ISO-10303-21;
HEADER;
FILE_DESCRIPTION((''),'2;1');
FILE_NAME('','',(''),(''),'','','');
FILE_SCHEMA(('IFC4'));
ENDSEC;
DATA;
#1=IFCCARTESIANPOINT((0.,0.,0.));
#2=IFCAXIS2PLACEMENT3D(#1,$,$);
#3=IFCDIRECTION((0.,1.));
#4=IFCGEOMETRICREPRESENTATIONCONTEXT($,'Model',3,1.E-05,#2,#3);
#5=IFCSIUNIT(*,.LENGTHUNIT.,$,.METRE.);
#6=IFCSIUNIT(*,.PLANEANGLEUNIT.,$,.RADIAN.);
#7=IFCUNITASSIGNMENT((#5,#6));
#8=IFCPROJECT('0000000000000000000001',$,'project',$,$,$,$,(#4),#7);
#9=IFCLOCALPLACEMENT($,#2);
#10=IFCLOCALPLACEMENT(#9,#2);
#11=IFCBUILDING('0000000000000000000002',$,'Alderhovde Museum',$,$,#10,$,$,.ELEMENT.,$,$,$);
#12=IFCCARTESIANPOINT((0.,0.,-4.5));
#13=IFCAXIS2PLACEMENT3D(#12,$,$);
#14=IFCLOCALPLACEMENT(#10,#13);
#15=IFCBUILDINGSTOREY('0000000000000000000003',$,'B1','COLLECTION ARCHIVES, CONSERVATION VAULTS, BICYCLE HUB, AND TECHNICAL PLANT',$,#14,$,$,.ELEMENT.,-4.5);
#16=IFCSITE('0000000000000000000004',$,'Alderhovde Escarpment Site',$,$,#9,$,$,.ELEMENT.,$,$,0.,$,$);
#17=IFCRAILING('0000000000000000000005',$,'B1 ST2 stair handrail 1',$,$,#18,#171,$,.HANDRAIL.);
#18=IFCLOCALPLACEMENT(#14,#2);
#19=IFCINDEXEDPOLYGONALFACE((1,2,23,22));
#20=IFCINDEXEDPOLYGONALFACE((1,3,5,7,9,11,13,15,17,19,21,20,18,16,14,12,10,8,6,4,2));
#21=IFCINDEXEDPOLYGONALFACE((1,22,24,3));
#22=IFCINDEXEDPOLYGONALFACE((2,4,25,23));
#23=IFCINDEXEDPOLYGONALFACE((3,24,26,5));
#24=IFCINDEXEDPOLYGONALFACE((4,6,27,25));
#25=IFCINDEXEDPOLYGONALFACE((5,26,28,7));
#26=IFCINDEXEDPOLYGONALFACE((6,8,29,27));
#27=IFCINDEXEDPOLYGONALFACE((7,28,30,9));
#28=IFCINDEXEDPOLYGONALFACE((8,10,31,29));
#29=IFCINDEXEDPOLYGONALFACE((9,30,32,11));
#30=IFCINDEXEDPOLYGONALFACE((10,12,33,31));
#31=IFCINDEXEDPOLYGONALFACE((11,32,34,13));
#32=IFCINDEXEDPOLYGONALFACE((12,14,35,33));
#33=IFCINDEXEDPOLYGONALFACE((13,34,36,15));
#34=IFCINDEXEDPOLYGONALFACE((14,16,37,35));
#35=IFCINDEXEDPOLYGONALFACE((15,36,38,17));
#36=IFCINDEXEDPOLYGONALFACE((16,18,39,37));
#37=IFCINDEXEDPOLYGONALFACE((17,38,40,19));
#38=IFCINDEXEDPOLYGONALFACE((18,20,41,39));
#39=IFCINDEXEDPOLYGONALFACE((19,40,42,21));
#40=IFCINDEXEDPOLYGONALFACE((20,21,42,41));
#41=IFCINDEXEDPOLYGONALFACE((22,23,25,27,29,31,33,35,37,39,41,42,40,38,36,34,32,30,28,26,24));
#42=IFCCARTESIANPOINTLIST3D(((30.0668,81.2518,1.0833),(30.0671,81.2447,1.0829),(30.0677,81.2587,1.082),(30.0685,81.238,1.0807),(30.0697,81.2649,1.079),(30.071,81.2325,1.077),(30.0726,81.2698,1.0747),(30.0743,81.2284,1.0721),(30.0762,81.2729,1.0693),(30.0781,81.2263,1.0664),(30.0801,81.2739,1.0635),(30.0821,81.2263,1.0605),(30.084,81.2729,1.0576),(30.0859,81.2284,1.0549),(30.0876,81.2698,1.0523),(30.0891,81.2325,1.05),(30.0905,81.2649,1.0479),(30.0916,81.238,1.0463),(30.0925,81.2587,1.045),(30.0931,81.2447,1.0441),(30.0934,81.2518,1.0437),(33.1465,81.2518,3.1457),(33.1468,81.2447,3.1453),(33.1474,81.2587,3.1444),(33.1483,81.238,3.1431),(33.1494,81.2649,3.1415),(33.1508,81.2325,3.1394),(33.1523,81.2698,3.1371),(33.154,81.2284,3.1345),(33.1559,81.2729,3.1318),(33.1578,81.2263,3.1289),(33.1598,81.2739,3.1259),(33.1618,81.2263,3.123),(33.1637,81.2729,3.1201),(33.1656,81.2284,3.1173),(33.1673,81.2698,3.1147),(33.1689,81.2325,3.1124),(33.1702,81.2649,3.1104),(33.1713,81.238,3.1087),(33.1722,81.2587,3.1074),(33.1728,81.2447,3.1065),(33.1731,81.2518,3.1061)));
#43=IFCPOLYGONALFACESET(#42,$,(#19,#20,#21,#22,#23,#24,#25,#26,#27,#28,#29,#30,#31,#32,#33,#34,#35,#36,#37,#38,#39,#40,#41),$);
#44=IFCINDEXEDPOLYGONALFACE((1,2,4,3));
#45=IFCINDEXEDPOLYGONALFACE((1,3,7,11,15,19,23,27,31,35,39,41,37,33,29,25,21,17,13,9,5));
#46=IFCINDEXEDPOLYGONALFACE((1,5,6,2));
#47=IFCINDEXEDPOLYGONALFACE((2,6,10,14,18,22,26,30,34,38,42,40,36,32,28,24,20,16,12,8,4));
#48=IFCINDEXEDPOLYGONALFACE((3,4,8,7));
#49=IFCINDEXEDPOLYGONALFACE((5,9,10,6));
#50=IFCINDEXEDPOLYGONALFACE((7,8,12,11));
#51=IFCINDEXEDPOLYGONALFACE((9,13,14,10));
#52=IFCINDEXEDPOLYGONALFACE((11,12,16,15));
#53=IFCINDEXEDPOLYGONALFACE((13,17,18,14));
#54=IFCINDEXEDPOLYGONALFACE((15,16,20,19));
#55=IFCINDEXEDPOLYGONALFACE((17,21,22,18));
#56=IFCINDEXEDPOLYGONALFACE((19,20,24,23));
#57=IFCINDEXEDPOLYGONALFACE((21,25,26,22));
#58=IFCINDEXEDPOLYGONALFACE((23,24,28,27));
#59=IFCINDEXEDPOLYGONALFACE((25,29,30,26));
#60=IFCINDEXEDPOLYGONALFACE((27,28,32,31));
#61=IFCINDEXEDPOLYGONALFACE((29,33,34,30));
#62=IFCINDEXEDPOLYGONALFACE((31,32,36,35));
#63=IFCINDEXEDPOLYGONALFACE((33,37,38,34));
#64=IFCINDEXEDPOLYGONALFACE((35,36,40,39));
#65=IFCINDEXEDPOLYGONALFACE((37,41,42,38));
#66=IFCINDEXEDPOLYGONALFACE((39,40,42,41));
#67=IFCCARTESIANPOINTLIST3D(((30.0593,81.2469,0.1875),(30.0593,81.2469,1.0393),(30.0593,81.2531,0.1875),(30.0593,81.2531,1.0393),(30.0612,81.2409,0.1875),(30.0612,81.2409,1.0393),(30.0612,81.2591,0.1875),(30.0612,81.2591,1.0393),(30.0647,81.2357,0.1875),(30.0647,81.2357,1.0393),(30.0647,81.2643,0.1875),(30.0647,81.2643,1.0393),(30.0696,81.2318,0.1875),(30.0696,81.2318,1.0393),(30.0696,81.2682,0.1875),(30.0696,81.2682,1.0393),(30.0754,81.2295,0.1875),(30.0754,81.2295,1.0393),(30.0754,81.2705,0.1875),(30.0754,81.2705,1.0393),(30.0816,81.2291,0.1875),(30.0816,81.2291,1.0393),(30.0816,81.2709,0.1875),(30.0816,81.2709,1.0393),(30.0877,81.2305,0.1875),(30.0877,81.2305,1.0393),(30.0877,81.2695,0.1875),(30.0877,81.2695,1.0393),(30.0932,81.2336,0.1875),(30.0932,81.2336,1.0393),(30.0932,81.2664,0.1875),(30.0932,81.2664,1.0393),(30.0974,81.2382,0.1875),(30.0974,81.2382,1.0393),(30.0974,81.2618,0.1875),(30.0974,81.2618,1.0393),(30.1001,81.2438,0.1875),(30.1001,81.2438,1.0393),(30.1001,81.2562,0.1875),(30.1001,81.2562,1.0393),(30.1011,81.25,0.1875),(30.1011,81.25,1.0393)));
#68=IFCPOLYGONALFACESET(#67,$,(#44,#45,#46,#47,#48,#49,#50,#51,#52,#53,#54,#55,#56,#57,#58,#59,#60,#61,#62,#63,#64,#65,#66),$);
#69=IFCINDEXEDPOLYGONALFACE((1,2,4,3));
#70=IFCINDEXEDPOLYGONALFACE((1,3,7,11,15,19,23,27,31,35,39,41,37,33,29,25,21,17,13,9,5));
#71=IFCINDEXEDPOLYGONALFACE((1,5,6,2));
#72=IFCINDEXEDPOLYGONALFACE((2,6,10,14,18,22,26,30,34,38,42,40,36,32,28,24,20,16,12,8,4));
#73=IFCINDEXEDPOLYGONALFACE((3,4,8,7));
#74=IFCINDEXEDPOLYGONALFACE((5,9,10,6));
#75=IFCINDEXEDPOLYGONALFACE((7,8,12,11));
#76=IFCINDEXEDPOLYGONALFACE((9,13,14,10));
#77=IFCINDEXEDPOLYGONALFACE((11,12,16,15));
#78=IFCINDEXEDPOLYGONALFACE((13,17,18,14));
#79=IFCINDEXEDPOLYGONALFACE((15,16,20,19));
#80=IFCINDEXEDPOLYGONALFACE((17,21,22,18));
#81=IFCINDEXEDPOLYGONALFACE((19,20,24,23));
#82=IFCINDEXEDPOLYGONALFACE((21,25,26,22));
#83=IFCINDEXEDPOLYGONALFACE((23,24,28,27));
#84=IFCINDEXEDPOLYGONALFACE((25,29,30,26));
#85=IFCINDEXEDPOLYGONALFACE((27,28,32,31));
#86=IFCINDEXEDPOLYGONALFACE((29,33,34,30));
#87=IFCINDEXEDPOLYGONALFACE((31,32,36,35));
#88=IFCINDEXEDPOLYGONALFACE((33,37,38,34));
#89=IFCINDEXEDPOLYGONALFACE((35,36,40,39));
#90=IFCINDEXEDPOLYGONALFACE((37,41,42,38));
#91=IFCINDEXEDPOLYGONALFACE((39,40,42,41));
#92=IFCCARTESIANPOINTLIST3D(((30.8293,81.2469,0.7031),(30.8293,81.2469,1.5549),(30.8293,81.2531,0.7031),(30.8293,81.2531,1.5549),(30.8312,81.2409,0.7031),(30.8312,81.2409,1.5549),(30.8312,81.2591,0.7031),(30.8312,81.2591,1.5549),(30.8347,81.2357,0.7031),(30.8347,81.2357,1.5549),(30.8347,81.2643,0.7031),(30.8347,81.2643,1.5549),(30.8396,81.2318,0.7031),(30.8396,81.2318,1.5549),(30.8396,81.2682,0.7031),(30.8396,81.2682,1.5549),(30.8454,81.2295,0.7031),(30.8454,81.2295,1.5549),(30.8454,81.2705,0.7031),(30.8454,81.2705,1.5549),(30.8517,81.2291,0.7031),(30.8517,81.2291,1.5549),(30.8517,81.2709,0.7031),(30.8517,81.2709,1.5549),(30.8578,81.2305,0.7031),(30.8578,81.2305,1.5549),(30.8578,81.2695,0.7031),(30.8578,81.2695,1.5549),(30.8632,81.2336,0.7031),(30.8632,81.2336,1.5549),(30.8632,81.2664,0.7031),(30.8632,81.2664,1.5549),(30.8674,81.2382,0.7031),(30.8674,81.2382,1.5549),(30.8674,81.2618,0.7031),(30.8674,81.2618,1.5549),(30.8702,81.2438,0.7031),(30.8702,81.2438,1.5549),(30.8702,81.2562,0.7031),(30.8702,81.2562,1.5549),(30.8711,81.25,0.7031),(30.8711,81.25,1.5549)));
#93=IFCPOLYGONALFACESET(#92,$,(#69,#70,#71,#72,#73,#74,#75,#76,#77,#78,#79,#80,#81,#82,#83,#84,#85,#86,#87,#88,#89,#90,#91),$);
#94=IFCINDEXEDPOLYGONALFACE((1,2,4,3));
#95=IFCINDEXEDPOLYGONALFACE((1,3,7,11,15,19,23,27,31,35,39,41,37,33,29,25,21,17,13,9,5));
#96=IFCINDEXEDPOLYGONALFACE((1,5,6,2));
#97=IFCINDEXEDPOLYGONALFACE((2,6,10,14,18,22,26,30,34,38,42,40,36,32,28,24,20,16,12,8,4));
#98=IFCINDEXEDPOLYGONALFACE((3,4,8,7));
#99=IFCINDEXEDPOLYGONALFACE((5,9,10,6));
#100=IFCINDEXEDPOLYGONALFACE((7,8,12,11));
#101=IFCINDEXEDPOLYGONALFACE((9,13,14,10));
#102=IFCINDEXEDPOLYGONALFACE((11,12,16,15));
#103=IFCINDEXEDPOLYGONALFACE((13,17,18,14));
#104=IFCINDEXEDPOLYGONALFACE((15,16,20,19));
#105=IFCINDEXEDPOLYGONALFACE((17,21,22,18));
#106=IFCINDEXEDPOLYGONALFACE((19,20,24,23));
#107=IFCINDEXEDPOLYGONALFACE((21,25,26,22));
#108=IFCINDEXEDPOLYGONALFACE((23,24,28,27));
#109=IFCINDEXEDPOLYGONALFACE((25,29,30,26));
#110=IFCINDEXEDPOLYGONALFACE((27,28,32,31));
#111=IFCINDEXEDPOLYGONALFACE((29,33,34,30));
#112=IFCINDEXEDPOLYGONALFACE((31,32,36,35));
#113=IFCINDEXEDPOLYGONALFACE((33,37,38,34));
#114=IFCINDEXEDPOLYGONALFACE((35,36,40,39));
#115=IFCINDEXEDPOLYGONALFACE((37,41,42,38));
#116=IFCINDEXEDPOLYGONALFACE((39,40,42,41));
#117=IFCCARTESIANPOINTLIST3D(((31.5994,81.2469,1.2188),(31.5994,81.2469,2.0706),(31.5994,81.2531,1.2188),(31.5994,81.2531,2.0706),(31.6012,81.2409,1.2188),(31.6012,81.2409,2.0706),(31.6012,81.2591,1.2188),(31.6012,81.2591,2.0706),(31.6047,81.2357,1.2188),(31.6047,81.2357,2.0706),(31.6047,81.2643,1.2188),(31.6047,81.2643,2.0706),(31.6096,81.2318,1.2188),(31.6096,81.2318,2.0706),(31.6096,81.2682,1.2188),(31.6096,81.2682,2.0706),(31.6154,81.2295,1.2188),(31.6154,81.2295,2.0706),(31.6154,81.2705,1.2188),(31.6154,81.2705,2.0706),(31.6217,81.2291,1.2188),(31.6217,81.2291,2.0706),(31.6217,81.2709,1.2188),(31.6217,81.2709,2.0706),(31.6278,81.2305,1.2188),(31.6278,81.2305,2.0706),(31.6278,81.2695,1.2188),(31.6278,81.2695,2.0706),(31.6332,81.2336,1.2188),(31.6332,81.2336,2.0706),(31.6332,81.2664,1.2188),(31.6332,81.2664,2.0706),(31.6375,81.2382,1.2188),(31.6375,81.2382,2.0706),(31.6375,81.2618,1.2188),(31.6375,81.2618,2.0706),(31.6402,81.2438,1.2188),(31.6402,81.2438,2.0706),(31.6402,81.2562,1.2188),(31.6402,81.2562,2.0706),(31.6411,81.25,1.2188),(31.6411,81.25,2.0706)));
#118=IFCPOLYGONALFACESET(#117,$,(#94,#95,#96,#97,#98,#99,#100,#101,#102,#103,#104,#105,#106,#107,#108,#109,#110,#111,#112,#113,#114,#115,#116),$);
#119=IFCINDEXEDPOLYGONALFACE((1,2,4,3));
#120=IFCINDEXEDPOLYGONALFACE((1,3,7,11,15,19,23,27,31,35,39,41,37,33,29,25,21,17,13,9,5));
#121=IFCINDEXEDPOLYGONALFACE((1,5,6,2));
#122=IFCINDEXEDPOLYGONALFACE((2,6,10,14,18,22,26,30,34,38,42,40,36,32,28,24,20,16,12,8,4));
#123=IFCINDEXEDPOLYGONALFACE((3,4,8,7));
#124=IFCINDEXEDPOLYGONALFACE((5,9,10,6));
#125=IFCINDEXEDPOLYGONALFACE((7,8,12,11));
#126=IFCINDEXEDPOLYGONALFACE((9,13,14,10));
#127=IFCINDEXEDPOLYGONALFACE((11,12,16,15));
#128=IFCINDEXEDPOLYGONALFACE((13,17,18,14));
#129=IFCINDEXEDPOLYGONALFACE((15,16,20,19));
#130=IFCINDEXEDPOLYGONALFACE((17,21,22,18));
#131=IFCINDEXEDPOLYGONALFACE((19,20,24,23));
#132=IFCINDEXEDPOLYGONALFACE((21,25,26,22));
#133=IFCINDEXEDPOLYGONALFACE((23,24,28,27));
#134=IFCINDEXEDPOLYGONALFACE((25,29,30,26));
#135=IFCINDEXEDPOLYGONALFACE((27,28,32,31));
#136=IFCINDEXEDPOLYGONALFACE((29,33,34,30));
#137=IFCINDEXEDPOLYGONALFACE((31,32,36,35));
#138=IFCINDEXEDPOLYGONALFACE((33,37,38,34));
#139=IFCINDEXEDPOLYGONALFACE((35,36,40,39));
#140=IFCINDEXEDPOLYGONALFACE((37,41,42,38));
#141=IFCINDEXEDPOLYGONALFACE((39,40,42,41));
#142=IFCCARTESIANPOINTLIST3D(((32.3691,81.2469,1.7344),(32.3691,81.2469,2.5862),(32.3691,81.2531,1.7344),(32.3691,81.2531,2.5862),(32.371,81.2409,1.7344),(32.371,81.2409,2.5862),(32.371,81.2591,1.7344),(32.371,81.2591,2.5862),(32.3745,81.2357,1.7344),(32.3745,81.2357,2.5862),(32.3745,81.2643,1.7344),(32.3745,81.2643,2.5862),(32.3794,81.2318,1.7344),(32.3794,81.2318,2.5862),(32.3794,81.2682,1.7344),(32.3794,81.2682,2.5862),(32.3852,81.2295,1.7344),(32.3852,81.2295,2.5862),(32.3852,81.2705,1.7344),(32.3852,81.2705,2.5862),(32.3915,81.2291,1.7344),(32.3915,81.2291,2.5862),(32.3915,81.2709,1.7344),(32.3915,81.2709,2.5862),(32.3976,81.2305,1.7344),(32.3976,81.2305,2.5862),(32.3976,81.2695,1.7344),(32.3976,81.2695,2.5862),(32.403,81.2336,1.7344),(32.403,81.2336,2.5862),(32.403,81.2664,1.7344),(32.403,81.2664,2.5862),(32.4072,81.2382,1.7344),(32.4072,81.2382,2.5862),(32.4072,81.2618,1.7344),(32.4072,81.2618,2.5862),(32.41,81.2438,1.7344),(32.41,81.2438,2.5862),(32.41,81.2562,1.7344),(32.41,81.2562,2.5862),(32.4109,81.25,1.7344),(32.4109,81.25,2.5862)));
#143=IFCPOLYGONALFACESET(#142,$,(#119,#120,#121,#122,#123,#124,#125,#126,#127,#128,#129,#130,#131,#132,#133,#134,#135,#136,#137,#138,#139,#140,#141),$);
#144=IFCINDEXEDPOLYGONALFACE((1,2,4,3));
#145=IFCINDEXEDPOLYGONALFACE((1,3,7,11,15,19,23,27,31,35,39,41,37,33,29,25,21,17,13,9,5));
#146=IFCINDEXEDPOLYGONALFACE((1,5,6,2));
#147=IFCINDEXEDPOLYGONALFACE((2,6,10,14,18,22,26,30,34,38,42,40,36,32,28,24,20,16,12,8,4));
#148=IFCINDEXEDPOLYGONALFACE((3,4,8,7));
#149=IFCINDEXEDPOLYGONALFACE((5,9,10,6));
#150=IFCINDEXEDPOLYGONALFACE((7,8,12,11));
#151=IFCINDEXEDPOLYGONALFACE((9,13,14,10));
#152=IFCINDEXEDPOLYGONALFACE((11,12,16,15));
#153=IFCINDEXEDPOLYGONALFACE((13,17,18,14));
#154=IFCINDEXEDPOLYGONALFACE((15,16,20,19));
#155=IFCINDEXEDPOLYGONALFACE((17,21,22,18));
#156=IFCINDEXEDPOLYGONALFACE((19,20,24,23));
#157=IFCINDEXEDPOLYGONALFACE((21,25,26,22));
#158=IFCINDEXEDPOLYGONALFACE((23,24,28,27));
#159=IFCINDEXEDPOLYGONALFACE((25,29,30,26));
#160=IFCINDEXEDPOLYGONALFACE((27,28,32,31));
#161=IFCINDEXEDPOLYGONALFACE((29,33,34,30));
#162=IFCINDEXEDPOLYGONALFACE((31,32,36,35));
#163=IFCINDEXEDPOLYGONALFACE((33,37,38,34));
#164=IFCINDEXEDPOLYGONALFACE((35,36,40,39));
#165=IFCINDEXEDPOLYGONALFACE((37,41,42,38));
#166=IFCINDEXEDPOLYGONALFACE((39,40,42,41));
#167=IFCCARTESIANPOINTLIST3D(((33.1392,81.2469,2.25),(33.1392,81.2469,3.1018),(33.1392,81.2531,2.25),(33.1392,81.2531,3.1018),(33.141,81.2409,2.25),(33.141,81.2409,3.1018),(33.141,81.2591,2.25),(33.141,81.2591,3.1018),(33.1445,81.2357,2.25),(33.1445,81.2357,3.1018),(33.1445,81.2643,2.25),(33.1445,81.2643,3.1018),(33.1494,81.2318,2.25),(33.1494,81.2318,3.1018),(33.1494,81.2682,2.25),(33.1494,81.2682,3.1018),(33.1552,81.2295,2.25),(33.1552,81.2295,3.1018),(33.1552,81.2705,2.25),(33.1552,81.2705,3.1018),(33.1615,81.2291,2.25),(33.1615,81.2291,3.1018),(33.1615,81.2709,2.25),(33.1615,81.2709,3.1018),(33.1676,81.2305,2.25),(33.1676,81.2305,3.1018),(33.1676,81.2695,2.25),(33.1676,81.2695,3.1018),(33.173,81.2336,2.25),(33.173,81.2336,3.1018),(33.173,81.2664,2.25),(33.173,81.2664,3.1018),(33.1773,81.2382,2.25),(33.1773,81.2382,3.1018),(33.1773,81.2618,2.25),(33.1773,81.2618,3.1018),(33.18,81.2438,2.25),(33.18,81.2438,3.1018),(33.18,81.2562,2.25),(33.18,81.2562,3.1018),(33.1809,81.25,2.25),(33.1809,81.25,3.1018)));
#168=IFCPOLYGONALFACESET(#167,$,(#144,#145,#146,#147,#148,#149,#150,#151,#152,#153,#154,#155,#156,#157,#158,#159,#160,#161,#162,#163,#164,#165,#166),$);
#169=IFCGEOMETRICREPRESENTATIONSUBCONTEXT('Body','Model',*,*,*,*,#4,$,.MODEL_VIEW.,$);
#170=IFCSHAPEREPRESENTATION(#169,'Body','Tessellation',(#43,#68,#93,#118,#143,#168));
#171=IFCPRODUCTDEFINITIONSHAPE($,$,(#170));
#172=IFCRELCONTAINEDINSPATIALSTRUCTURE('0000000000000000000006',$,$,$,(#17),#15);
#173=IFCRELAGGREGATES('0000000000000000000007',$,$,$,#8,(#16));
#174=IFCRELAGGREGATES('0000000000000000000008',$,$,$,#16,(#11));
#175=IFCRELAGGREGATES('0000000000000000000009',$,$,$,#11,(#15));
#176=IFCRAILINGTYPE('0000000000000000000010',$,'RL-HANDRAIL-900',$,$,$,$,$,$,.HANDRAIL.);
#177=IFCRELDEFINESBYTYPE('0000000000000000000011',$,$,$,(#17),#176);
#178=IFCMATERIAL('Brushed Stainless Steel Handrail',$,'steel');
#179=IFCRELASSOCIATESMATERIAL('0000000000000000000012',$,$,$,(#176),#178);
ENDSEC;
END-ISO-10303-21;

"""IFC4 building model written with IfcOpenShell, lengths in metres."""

from ifc_helpers import new_model, si_unit, direction, frame, origin, origin_2d, place, context, subcontext, project, spatial, circle, extrude, material, type_object, element, save


model = new_model("IFC4")

# Units and contexts
model_context = context("Model", 3, precision=1e-05, world=origin(), true_north=direction((0.0, 1.0)))
body_context = subcontext(model_context, "Body", "Model", "MODEL_VIEW")
ifc_project = project(units=[si_unit("LENGTHUNIT", "METRE"), si_unit("PLANEANGLEUNIT", "RADIAN")], contexts=[model_context])

# Site, building, storey
site_placement = place(None, origin())
site = spatial("IfcSite", under=ifc_project, at=site_placement, Name="Alderhovde Escarpment Site", CompositionType="ELEMENT", RefElevation=0.0)
building_placement = place(site_placement, origin())
building = spatial("IfcBuilding", under=site, at=building_placement, Name="Alderhovde Museum", CompositionType="ELEMENT")
storey_placement = place(building_placement, frame((0.0, 0.0, -4.5)))
storey = spatial("IfcBuildingStorey", under=building, at=storey_placement, Name="B1", Description="COLLECTION ARCHIVES, CONSERVATION VAULTS, BICYCLE HUB, AND TECHNICAL PLANT", CompositionType="ELEMENT", Elevation=-4.5)

# Railing
ifc_material_1 = material(Name="Brushed Stainless Steel Handrail", Category="steel")
railing_type_1 = type_object("IfcRailingType", Name="RL-HANDRAIL-900", PredefinedType="HANDRAIL", material=ifc_material_1)
railing_1_placement = place(storey_placement, frame((30.0801, 81.25, 0.1875)))
element("IfcRailing", 1, at=railing_1_placement, inside=storey, type_object=railing_type_1, Name="B1 ST2 stair handrail 1", PredefinedType="HANDRAIL", context=body_context, shape_type="SweptSolid", body=[
    extrude(circle(Radius=0.0239, at=origin_2d()), frame((0.0, 0.0, 0.876), z_axis=(0.830893, 0.0, 0.556432), x_axis=(0.0, 1.0, 0.0)), (0.0, 0.0, 1.0), 3.7065),
    extrude(circle(Radius=0.021, at=origin_2d()), origin(), (0.0, 0.0, 1.0), 0.8518),
    extrude(circle(Radius=0.021, at=origin_2d()), frame((0.77, 0.0, 0.5156)), (0.0, 0.0, 1.0), 0.8518),
    extrude(circle(Radius=0.021, at=origin_2d()), frame((1.54, 0.0, 1.0312)), (0.0, 0.0, 1.0), 0.8518),
    extrude(circle(Radius=0.021, at=origin_2d()), frame((2.3098, 0.0, 1.5469)), (0.0, 0.0, 1.0), 0.8518),
    extrude(circle(Radius=0.021, at=origin_2d()), frame((3.0798, 0.0, 2.0625)), (0.0, 0.0, 1.0), 0.8518),
])

save(model, "model.ifc")
